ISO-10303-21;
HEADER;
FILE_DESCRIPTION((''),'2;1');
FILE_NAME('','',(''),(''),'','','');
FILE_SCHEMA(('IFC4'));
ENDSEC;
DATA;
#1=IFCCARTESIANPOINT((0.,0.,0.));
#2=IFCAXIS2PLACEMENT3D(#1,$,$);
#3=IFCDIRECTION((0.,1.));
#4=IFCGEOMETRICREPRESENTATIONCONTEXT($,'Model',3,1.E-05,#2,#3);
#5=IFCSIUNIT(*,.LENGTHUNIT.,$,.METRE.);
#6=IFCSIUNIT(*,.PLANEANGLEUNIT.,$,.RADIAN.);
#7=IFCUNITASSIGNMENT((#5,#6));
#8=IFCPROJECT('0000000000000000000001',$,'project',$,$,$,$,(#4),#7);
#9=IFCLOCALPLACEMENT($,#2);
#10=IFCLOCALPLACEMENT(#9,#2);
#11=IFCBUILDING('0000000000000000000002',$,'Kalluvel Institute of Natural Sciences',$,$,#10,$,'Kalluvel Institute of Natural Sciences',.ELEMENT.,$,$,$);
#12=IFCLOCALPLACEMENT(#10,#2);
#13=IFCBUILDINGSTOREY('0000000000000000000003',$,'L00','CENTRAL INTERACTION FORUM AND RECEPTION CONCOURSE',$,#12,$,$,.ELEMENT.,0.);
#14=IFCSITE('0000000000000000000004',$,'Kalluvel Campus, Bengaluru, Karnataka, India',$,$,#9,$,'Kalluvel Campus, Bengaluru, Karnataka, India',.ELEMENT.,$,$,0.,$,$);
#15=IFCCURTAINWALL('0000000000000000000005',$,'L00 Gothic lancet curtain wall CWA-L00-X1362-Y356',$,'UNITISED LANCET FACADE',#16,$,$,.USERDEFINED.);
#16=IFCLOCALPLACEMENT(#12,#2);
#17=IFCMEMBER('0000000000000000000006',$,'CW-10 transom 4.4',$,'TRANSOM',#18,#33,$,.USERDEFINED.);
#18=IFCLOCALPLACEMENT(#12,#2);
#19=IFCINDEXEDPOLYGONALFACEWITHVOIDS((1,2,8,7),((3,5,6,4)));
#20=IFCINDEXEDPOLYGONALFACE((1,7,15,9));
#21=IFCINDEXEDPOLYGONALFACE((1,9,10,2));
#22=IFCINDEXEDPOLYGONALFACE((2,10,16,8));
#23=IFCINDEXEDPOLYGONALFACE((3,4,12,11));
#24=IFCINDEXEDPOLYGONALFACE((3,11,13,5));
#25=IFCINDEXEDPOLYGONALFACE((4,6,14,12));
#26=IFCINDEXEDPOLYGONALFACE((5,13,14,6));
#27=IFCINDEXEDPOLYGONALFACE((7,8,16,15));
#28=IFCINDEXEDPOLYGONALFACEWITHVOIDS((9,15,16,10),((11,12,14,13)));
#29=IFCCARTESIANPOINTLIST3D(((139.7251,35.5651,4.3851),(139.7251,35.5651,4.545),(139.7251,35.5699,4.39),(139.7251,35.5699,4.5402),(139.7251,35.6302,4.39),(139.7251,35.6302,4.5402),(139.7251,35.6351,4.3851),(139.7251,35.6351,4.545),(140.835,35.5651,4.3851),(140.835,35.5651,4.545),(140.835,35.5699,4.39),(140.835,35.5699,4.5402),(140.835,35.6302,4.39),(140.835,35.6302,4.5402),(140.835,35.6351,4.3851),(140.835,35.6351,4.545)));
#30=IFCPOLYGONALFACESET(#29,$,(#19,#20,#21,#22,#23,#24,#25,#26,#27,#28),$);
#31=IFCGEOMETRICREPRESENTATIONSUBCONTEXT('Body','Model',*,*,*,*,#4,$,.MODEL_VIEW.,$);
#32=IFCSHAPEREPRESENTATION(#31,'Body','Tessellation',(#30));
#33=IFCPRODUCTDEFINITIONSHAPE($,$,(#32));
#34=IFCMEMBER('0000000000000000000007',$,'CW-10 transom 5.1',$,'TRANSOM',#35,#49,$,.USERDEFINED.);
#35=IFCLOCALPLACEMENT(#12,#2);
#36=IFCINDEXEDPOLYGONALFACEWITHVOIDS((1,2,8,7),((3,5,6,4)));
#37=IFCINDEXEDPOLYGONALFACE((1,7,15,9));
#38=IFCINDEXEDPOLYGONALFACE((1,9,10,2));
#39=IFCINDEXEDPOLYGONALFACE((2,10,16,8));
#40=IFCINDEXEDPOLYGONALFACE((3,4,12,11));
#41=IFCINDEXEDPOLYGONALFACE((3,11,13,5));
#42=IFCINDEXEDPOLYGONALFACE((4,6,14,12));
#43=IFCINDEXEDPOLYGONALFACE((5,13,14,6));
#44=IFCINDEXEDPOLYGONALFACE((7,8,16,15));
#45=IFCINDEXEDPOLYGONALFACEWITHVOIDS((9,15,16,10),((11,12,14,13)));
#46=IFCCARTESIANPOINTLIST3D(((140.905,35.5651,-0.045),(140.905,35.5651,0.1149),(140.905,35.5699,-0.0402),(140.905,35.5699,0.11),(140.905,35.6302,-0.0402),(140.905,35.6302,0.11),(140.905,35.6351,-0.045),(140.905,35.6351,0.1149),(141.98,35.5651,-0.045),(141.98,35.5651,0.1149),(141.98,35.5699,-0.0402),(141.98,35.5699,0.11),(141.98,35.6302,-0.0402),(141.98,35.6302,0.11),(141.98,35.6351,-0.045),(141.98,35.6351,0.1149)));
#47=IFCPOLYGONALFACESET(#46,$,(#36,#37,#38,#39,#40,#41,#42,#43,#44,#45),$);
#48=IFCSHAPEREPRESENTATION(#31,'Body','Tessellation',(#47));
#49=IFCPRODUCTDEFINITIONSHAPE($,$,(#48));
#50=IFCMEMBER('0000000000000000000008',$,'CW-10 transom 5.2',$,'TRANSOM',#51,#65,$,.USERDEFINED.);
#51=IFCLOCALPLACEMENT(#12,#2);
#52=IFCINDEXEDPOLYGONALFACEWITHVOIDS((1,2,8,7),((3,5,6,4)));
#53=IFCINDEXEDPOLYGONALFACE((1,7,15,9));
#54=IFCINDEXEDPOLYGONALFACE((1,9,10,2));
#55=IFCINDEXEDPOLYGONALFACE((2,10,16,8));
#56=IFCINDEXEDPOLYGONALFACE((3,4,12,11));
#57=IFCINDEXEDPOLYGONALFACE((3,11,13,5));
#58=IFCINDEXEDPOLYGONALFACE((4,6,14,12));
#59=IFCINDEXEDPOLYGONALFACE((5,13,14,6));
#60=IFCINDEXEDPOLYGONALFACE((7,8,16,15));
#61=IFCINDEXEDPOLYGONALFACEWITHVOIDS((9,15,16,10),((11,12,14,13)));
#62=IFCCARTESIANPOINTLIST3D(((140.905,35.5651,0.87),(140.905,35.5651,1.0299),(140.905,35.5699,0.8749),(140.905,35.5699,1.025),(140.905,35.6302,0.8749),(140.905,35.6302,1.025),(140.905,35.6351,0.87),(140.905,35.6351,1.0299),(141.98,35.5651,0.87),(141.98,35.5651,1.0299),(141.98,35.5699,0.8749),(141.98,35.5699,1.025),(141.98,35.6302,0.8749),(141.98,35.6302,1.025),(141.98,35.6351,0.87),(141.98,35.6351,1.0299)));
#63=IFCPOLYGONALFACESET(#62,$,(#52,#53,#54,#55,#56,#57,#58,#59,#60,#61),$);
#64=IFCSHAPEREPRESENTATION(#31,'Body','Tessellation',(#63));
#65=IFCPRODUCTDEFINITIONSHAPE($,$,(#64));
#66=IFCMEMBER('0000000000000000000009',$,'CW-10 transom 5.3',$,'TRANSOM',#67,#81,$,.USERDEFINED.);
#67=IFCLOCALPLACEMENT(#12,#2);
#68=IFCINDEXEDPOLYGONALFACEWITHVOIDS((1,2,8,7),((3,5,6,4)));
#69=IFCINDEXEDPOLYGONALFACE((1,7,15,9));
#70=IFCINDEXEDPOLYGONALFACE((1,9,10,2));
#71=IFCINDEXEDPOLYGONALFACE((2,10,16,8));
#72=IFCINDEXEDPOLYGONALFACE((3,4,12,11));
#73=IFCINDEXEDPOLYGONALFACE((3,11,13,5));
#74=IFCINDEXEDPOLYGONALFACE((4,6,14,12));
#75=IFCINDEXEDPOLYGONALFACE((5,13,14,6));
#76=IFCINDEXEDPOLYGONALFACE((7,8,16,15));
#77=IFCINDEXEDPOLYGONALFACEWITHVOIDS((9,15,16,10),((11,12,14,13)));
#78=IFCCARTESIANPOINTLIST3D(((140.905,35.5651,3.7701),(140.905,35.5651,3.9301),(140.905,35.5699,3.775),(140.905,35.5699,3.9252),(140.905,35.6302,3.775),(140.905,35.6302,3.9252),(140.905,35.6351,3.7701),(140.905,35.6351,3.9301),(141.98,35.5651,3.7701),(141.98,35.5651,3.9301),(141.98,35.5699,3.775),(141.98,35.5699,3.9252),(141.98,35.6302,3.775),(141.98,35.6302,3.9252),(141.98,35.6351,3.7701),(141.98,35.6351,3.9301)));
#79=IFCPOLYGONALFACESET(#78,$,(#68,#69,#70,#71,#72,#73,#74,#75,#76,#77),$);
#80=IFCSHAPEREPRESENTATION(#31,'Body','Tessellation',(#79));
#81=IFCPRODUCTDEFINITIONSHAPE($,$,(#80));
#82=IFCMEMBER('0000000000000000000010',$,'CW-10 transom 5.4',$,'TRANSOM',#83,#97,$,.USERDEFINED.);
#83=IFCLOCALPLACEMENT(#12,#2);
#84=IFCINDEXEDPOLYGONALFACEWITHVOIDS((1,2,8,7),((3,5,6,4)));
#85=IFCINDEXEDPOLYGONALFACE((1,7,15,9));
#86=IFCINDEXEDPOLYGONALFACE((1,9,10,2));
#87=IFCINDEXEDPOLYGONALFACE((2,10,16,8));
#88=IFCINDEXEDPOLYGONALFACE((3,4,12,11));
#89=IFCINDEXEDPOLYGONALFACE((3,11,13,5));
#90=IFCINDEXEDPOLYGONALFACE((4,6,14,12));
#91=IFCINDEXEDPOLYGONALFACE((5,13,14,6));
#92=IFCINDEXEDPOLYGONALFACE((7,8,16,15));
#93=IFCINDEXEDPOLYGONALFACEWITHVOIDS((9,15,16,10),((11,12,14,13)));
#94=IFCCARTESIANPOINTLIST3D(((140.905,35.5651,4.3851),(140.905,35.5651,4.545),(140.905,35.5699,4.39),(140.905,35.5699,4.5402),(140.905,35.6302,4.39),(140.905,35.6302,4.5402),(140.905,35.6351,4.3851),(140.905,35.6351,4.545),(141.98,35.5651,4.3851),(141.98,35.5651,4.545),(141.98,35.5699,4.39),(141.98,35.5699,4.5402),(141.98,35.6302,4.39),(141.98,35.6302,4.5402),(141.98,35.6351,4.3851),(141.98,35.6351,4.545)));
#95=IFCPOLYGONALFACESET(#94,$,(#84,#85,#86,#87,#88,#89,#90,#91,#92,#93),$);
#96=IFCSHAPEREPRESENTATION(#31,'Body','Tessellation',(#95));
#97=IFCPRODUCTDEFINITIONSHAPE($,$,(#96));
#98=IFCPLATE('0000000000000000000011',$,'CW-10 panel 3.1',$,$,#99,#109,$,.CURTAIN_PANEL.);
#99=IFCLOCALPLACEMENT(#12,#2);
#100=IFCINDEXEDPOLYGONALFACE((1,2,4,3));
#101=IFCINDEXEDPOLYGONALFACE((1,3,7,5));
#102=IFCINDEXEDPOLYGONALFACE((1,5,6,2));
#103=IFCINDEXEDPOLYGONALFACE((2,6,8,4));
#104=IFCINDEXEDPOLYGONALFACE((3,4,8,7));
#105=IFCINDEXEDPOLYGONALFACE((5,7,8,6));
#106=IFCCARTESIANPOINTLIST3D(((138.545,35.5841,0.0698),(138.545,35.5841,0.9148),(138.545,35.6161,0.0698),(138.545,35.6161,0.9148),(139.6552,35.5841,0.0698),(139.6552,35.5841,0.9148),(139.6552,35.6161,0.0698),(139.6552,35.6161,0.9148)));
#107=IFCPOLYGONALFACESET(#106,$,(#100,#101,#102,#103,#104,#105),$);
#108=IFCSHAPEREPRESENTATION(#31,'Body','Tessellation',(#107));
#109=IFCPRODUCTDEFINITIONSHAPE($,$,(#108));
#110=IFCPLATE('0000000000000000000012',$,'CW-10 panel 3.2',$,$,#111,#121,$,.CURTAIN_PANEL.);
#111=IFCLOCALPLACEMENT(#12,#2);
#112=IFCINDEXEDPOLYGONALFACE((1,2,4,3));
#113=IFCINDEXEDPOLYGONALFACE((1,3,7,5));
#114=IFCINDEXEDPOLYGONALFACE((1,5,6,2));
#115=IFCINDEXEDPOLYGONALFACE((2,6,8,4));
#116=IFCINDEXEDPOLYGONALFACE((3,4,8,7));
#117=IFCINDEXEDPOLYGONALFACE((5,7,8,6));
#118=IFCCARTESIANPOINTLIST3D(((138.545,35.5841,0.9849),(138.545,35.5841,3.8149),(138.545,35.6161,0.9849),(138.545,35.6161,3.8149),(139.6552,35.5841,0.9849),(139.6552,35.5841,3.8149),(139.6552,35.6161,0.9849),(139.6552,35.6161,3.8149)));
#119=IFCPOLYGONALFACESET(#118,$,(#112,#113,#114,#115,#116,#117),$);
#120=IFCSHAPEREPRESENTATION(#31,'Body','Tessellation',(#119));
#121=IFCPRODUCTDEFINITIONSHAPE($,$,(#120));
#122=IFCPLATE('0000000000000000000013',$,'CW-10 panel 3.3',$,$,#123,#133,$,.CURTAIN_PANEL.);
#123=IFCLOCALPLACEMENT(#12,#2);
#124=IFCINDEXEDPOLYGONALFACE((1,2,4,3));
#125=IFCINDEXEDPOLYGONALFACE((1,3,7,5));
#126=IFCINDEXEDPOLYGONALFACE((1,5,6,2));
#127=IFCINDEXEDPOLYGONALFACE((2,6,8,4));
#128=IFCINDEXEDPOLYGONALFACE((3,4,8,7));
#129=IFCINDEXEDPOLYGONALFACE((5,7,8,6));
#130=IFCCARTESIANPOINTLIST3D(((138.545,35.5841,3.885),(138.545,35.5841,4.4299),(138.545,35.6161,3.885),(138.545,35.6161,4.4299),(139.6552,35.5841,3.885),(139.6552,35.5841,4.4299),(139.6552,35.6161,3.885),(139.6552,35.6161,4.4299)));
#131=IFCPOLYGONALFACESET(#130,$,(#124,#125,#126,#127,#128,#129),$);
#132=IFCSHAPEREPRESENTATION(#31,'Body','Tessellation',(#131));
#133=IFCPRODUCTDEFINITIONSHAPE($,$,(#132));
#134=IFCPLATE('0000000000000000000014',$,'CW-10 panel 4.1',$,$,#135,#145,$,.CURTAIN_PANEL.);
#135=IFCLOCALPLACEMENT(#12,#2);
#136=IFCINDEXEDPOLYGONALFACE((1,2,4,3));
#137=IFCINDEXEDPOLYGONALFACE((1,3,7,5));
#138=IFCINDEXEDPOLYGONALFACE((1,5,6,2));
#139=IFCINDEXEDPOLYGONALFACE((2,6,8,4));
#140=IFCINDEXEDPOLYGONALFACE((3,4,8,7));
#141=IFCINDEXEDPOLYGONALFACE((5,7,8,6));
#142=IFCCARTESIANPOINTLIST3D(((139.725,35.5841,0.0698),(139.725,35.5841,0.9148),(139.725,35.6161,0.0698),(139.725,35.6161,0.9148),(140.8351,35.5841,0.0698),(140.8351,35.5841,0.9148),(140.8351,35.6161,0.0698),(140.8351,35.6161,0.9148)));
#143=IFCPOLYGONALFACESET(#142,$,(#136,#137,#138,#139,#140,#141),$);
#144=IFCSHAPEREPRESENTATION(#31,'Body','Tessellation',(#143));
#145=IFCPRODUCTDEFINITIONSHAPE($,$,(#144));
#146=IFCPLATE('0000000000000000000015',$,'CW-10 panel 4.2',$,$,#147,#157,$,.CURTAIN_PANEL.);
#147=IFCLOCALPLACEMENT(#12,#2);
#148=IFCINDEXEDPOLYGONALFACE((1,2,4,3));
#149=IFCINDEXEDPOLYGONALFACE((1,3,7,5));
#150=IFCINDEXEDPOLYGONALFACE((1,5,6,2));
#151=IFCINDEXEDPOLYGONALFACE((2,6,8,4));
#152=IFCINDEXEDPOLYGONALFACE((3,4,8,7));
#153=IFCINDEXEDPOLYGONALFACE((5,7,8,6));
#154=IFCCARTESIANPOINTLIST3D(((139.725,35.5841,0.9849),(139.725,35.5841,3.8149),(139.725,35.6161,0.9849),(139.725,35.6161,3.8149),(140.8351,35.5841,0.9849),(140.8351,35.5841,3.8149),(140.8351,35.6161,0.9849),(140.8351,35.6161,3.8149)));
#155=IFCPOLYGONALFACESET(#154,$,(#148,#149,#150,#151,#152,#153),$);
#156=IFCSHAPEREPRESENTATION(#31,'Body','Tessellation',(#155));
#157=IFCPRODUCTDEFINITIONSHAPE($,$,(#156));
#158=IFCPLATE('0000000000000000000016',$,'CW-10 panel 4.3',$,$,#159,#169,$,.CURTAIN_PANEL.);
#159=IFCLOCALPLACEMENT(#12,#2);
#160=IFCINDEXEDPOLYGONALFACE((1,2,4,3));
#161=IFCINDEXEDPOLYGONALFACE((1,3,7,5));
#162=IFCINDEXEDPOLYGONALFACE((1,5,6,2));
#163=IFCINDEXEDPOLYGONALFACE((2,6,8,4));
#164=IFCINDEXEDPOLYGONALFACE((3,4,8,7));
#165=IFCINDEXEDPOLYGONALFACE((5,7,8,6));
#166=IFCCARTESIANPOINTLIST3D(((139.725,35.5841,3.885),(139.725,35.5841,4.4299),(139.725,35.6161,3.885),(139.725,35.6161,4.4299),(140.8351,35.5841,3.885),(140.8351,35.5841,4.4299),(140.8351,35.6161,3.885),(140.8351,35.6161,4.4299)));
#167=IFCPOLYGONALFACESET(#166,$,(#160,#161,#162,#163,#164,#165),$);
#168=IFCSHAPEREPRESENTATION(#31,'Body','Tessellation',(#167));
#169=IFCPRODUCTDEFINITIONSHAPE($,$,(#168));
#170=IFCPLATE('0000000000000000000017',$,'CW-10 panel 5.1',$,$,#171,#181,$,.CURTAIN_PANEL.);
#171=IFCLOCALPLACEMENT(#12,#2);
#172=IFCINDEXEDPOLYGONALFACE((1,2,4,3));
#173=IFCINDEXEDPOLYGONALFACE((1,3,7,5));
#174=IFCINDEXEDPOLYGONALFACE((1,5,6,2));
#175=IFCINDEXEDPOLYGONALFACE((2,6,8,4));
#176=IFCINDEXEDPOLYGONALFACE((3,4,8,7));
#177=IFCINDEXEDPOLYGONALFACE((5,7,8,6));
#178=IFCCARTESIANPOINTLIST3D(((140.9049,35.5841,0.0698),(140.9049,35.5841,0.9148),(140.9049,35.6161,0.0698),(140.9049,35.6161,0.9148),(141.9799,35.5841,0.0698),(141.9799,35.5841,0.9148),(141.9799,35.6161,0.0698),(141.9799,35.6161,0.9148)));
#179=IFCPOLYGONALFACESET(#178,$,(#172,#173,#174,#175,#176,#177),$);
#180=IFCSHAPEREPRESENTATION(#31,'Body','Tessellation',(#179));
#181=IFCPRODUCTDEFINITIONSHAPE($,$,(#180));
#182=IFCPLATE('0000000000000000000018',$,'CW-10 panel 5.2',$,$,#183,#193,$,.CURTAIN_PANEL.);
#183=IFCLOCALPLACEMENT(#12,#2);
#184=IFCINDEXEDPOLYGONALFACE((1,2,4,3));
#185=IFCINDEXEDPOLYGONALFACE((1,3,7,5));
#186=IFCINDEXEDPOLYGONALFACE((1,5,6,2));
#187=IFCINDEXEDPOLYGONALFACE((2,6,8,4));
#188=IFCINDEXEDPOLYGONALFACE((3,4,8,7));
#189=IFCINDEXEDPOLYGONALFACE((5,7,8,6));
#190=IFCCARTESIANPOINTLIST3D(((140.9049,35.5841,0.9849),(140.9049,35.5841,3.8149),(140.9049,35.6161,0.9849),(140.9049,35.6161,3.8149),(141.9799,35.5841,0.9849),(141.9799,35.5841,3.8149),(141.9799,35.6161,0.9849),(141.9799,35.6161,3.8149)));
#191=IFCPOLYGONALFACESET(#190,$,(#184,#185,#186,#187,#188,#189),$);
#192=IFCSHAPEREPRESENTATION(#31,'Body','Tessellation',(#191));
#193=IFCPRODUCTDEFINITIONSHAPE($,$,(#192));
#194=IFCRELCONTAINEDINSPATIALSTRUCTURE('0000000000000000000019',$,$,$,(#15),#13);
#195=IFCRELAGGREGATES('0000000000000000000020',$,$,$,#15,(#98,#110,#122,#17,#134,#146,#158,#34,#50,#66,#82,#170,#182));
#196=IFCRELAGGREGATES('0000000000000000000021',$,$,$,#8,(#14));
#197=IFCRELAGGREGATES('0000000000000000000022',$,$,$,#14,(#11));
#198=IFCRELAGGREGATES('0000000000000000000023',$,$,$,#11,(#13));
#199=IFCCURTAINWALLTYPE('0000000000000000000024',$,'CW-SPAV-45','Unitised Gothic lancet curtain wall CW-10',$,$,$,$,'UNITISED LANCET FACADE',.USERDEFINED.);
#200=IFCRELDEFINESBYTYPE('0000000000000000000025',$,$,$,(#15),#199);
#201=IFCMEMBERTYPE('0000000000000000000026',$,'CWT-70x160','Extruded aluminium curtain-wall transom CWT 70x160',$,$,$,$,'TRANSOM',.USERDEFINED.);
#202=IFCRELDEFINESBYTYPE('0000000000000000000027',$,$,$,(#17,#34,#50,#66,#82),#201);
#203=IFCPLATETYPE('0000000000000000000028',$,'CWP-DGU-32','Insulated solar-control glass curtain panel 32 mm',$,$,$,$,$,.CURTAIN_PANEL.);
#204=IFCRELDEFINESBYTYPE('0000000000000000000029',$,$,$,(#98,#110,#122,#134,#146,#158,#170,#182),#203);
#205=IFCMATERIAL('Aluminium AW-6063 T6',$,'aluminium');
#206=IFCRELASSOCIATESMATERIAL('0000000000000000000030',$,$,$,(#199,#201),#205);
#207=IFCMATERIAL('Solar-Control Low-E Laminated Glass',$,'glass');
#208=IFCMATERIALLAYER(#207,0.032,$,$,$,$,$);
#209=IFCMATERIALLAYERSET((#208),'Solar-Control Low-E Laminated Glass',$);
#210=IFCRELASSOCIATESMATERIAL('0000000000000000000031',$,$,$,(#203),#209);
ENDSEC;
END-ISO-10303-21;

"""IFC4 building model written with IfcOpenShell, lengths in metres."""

from ifc_helpers import new_model, si_unit, direction, frame, origin, origin_2d, place, context, subcontext, project, spatial, rectangle, hollow_rectangle, extrude, material, layer, layer_set, material_profile, profile_set, type_object, element, aggregate, save


model = new_model("IFC4")

# Units and contexts
model_context = context("Model", 3, precision=1e-05, world=origin(), true_north=direction((0.0, 1.0)))
body_context = subcontext(model_context, "Body", "Model", "MODEL_VIEW")
ifc_project = project(units=[si_unit("LENGTHUNIT", "METRE"), si_unit("PLANEANGLEUNIT", "RADIAN")], contexts=[model_context])

# Site, building, storey
site_placement = place(None, origin())
site = spatial("IfcSite", under=ifc_project, at=site_placement, Name="Kalluvel Campus, Bengaluru, Karnataka, India", LongName="Kalluvel Campus, Bengaluru, Karnataka, India", CompositionType="ELEMENT", RefElevation=0.0)
building_placement = place(site_placement, origin())
building = spatial("IfcBuilding", under=site, at=building_placement, Name="Kalluvel Institute of Natural Sciences", LongName="Kalluvel Institute of Natural Sciences", CompositionType="ELEMENT")
storey_placement = place(building_placement, origin())
storey = spatial("IfcBuildingStorey", under=building, at=storey_placement, Name="L00", Description="CENTRAL INTERACTION FORUM AND RECEPTION CONCOURSE", CompositionType="ELEMENT", Elevation=0.0)

# Curtain wall, members, plates
ifc_material_1 = material(Name="Aluminium AW-6063 T6", Category="aluminium")
curtain_wall_type = type_object("IfcCurtainWallType", Name="CW-SPAV-45", Description="Unitised Gothic lancet curtain wall CW-10", ElementType="UNITISED LANCET FACADE", PredefinedType="USERDEFINED", material=ifc_material_1)
curtain_wall_placement = place(storey_placement, origin())
curtain_wall = element("IfcCurtainWall", 1, at=curtain_wall_placement, inside=storey, type_object=curtain_wall_type, Name="L00 Gothic lancet curtain wall CWA-L00-X1362-Y356", ObjectType="UNITISED LANCET FACADE", PredefinedType="USERDEFINED")
ifc_material_profile_1 = material_profile(ifc_material_1, hollow_rectangle(XDim=0.0701, YDim=0.1599, WallThickness=0.0049, at=origin_2d()), Name="CWT 70x160")
ifc_profile_set_1 = profile_set([ifc_material_profile_1], Name="Aluminium AW-6063 T6")
member_type_1 = type_object("IfcMemberType", Name="CWT-70x160", Description="Extruded aluminium curtain-wall transom CWT 70x160", ElementType="TRANSOM", PredefinedType="USERDEFINED", material=ifc_profile_set_1)
member_1_placement = place(storey_placement, frame((139.7251, 35.6001, 4.4651), z_axis=(1.0, 0.0, 0.0), x_axis=(0.0, 1.0, 0.0)))
member_1 = element("IfcMember", 2, at=member_1_placement, type_object=member_type_1, Name="CW-10 transom 4.4", ObjectType="TRANSOM", PredefinedType="USERDEFINED", context=body_context, shape_type="SweptSolid", body=[
    extrude(hollow_rectangle(XDim=0.0701, YDim=0.1599, WallThickness=0.0049, at=origin_2d()), origin(), (0.0, 0.0, 1.0), 1.1099),
])
member_2_placement = place(storey_placement, frame((140.905, 35.6001, 0.0349), z_axis=(1.0, 0.0, 0.0), x_axis=(0.0, 1.0, 0.0)))
member_2 = element("IfcMember", 3, at=member_2_placement, type_object=member_type_1, Name="CW-10 transom 5.1", ObjectType="TRANSOM", PredefinedType="USERDEFINED", context=body_context, shape_type="SweptSolid", body=[
    extrude(hollow_rectangle(XDim=0.0701, YDim=0.1599, WallThickness=0.0049, at=origin_2d()), origin(), (0.0, 0.0, 1.0), 1.075),
])
member_3_placement = place(storey_placement, frame((140.905, 35.6001, 0.95), z_axis=(1.0, 0.0, 0.0), x_axis=(0.0, 1.0, 0.0)))
member_3 = element("IfcMember", 4, at=member_3_placement, type_object=member_type_1, Name="CW-10 transom 5.2", ObjectType="TRANSOM", PredefinedType="USERDEFINED", context=body_context, shape_type="SweptSolid", body=[
    extrude(hollow_rectangle(XDim=0.0701, YDim=0.1599, WallThickness=0.0049, at=origin_2d()), origin(), (0.0, 0.0, 1.0), 1.075),
])
member_4_placement = place(storey_placement, frame((140.905, 35.6001, 3.8501), z_axis=(1.0, 0.0, 0.0), x_axis=(0.0, 1.0, 0.0)))
member_4 = element("IfcMember", 5, at=member_4_placement, type_object=member_type_1, Name="CW-10 transom 5.3", ObjectType="TRANSOM", PredefinedType="USERDEFINED", context=body_context, shape_type="SweptSolid", body=[
    extrude(hollow_rectangle(XDim=0.0701, YDim=0.1599, WallThickness=0.0049, at=origin_2d()), origin(), (0.0, 0.0, 1.0), 1.075),
])
member_5_placement = place(storey_placement, frame((140.905, 35.6001, 4.4651), z_axis=(1.0, 0.0, 0.0), x_axis=(0.0, 1.0, 0.0)))
member_5 = element("IfcMember", 6, at=member_5_placement, type_object=member_type_1, Name="CW-10 transom 5.4", ObjectType="TRANSOM", PredefinedType="USERDEFINED", context=body_context, shape_type="SweptSolid", body=[
    extrude(hollow_rectangle(XDim=0.0701, YDim=0.1599, WallThickness=0.0049, at=origin_2d()), origin(), (0.0, 0.0, 1.0), 1.075),
])
ifc_material_2 = material(Name="Solar-Control Low-E Laminated Glass", Category="glass")
ifc_layer = layer(ifc_material_2, 0.032)
ifc_layer_set = layer_set([ifc_layer], Name="Solar-Control Low-E Laminated Glass")
plate_type = type_object("IfcPlateType", Name="CWP-DGU-32", Description="Insulated solar-control glass curtain panel 32 mm", PredefinedType="CURTAIN_PANEL", material=ifc_layer_set)
plate_1_placement = place(storey_placement, frame((139.1001, 35.6001, 0.0698), z_axis=(0.0, 0.0, 1.0), x_axis=(1.0, 0.0, 0.0)))
plate_1 = element("IfcPlate", 7, at=plate_1_placement, type_object=plate_type, Name="CW-10 panel 3.1", PredefinedType="CURTAIN_PANEL", context=body_context, shape_type="SweptSolid", body=[
    extrude(rectangle(XDim=1.1101, YDim=0.032, at=origin_2d()), origin(), (0.0, 0.0, 1.0), 0.845),
])
plate_2_placement = place(storey_placement, frame((139.1001, 35.6001, 0.9849), z_axis=(0.0, 0.0, 1.0), x_axis=(1.0, 0.0, 0.0)))
plate_2 = element("IfcPlate", 8, at=plate_2_placement, type_object=plate_type, Name="CW-10 panel 3.2", PredefinedType="CURTAIN_PANEL", context=body_context, shape_type="SweptSolid", body=[
    extrude(rectangle(XDim=1.1101, YDim=0.032, at=origin_2d()), origin(), (0.0, 0.0, 1.0), 2.8301),
])
plate_3_placement = place(storey_placement, frame((139.1001, 35.6001, 3.885), z_axis=(0.0, 0.0, 1.0), x_axis=(1.0, 0.0, 0.0)))
plate_3 = element("IfcPlate", 9, at=plate_3_placement, type_object=plate_type, Name="CW-10 panel 3.3", PredefinedType="CURTAIN_PANEL", context=body_context, shape_type="SweptSolid", body=[
    extrude(rectangle(XDim=1.1101, YDim=0.032, at=origin_2d()), origin(), (0.0, 0.0, 1.0), 0.5449),
])
plate_4_placement = place(storey_placement, frame((140.28, 35.6001, 0.0698), z_axis=(0.0, 0.0, 1.0), x_axis=(1.0, 0.0, 0.0)))
plate_4 = element("IfcPlate", 10, at=plate_4_placement, type_object=plate_type, Name="CW-10 panel 4.1", PredefinedType="CURTAIN_PANEL", context=body_context, shape_type="SweptSolid", body=[
    extrude(rectangle(XDim=1.1101, YDim=0.032, at=origin_2d()), origin(), (0.0, 0.0, 1.0), 0.845),
])
plate_5_placement = place(storey_placement, frame((140.28, 35.6001, 0.9849), z_axis=(0.0, 0.0, 1.0), x_axis=(1.0, 0.0, 0.0)))
plate_5 = element("IfcPlate", 11, at=plate_5_placement, type_object=plate_type, Name="CW-10 panel 4.2", PredefinedType="CURTAIN_PANEL", context=body_context, shape_type="SweptSolid", body=[
    extrude(rectangle(XDim=1.1101, YDim=0.032, at=origin_2d()), origin(), (0.0, 0.0, 1.0), 2.8301),
])
plate_6_placement = place(storey_placement, frame((140.28, 35.6001, 3.885), z_axis=(0.0, 0.0, 1.0), x_axis=(1.0, 0.0, 0.0)))
plate_6 = element("IfcPlate", 12, at=plate_6_placement, type_object=plate_type, Name="CW-10 panel 4.3", PredefinedType="CURTAIN_PANEL", context=body_context, shape_type="SweptSolid", body=[
    extrude(rectangle(XDim=1.1101, YDim=0.032, at=origin_2d()), origin(), (0.0, 0.0, 1.0), 0.5449),
])
plate_7_placement = place(storey_placement, frame((141.4424, 35.6001, 0.0698), z_axis=(0.0, 0.0, 1.0), x_axis=(1.0, 0.0, 0.0)))
plate_7 = element("IfcPlate", 13, at=plate_7_placement, type_object=plate_type, Name="CW-10 panel 5.1", PredefinedType="CURTAIN_PANEL", context=body_context, shape_type="SweptSolid", body=[
    extrude(rectangle(XDim=1.075, YDim=0.032, at=origin_2d()), origin(), (0.0, 0.0, 1.0), 0.845),
])
plate_8_placement = place(storey_placement, frame((141.4424, 35.6001, 0.9849), z_axis=(0.0, 0.0, 1.0), x_axis=(1.0, 0.0, 0.0)))
plate_8 = element("IfcPlate", 14, at=plate_8_placement, type_object=plate_type, Name="CW-10 panel 5.2", PredefinedType="CURTAIN_PANEL", context=body_context, shape_type="SweptSolid", body=[
    extrude(rectangle(XDim=1.075, YDim=0.032, at=origin_2d()), origin(), (0.0, 0.0, 1.0), 2.8301),
])
aggregate(curtain_wall, [plate_1, plate_2, plate_3, member_1, plate_4, plate_5, plate_6, member_2, member_3, member_4, member_5, plate_7, plate_8])

save(model, "model.ifc")
